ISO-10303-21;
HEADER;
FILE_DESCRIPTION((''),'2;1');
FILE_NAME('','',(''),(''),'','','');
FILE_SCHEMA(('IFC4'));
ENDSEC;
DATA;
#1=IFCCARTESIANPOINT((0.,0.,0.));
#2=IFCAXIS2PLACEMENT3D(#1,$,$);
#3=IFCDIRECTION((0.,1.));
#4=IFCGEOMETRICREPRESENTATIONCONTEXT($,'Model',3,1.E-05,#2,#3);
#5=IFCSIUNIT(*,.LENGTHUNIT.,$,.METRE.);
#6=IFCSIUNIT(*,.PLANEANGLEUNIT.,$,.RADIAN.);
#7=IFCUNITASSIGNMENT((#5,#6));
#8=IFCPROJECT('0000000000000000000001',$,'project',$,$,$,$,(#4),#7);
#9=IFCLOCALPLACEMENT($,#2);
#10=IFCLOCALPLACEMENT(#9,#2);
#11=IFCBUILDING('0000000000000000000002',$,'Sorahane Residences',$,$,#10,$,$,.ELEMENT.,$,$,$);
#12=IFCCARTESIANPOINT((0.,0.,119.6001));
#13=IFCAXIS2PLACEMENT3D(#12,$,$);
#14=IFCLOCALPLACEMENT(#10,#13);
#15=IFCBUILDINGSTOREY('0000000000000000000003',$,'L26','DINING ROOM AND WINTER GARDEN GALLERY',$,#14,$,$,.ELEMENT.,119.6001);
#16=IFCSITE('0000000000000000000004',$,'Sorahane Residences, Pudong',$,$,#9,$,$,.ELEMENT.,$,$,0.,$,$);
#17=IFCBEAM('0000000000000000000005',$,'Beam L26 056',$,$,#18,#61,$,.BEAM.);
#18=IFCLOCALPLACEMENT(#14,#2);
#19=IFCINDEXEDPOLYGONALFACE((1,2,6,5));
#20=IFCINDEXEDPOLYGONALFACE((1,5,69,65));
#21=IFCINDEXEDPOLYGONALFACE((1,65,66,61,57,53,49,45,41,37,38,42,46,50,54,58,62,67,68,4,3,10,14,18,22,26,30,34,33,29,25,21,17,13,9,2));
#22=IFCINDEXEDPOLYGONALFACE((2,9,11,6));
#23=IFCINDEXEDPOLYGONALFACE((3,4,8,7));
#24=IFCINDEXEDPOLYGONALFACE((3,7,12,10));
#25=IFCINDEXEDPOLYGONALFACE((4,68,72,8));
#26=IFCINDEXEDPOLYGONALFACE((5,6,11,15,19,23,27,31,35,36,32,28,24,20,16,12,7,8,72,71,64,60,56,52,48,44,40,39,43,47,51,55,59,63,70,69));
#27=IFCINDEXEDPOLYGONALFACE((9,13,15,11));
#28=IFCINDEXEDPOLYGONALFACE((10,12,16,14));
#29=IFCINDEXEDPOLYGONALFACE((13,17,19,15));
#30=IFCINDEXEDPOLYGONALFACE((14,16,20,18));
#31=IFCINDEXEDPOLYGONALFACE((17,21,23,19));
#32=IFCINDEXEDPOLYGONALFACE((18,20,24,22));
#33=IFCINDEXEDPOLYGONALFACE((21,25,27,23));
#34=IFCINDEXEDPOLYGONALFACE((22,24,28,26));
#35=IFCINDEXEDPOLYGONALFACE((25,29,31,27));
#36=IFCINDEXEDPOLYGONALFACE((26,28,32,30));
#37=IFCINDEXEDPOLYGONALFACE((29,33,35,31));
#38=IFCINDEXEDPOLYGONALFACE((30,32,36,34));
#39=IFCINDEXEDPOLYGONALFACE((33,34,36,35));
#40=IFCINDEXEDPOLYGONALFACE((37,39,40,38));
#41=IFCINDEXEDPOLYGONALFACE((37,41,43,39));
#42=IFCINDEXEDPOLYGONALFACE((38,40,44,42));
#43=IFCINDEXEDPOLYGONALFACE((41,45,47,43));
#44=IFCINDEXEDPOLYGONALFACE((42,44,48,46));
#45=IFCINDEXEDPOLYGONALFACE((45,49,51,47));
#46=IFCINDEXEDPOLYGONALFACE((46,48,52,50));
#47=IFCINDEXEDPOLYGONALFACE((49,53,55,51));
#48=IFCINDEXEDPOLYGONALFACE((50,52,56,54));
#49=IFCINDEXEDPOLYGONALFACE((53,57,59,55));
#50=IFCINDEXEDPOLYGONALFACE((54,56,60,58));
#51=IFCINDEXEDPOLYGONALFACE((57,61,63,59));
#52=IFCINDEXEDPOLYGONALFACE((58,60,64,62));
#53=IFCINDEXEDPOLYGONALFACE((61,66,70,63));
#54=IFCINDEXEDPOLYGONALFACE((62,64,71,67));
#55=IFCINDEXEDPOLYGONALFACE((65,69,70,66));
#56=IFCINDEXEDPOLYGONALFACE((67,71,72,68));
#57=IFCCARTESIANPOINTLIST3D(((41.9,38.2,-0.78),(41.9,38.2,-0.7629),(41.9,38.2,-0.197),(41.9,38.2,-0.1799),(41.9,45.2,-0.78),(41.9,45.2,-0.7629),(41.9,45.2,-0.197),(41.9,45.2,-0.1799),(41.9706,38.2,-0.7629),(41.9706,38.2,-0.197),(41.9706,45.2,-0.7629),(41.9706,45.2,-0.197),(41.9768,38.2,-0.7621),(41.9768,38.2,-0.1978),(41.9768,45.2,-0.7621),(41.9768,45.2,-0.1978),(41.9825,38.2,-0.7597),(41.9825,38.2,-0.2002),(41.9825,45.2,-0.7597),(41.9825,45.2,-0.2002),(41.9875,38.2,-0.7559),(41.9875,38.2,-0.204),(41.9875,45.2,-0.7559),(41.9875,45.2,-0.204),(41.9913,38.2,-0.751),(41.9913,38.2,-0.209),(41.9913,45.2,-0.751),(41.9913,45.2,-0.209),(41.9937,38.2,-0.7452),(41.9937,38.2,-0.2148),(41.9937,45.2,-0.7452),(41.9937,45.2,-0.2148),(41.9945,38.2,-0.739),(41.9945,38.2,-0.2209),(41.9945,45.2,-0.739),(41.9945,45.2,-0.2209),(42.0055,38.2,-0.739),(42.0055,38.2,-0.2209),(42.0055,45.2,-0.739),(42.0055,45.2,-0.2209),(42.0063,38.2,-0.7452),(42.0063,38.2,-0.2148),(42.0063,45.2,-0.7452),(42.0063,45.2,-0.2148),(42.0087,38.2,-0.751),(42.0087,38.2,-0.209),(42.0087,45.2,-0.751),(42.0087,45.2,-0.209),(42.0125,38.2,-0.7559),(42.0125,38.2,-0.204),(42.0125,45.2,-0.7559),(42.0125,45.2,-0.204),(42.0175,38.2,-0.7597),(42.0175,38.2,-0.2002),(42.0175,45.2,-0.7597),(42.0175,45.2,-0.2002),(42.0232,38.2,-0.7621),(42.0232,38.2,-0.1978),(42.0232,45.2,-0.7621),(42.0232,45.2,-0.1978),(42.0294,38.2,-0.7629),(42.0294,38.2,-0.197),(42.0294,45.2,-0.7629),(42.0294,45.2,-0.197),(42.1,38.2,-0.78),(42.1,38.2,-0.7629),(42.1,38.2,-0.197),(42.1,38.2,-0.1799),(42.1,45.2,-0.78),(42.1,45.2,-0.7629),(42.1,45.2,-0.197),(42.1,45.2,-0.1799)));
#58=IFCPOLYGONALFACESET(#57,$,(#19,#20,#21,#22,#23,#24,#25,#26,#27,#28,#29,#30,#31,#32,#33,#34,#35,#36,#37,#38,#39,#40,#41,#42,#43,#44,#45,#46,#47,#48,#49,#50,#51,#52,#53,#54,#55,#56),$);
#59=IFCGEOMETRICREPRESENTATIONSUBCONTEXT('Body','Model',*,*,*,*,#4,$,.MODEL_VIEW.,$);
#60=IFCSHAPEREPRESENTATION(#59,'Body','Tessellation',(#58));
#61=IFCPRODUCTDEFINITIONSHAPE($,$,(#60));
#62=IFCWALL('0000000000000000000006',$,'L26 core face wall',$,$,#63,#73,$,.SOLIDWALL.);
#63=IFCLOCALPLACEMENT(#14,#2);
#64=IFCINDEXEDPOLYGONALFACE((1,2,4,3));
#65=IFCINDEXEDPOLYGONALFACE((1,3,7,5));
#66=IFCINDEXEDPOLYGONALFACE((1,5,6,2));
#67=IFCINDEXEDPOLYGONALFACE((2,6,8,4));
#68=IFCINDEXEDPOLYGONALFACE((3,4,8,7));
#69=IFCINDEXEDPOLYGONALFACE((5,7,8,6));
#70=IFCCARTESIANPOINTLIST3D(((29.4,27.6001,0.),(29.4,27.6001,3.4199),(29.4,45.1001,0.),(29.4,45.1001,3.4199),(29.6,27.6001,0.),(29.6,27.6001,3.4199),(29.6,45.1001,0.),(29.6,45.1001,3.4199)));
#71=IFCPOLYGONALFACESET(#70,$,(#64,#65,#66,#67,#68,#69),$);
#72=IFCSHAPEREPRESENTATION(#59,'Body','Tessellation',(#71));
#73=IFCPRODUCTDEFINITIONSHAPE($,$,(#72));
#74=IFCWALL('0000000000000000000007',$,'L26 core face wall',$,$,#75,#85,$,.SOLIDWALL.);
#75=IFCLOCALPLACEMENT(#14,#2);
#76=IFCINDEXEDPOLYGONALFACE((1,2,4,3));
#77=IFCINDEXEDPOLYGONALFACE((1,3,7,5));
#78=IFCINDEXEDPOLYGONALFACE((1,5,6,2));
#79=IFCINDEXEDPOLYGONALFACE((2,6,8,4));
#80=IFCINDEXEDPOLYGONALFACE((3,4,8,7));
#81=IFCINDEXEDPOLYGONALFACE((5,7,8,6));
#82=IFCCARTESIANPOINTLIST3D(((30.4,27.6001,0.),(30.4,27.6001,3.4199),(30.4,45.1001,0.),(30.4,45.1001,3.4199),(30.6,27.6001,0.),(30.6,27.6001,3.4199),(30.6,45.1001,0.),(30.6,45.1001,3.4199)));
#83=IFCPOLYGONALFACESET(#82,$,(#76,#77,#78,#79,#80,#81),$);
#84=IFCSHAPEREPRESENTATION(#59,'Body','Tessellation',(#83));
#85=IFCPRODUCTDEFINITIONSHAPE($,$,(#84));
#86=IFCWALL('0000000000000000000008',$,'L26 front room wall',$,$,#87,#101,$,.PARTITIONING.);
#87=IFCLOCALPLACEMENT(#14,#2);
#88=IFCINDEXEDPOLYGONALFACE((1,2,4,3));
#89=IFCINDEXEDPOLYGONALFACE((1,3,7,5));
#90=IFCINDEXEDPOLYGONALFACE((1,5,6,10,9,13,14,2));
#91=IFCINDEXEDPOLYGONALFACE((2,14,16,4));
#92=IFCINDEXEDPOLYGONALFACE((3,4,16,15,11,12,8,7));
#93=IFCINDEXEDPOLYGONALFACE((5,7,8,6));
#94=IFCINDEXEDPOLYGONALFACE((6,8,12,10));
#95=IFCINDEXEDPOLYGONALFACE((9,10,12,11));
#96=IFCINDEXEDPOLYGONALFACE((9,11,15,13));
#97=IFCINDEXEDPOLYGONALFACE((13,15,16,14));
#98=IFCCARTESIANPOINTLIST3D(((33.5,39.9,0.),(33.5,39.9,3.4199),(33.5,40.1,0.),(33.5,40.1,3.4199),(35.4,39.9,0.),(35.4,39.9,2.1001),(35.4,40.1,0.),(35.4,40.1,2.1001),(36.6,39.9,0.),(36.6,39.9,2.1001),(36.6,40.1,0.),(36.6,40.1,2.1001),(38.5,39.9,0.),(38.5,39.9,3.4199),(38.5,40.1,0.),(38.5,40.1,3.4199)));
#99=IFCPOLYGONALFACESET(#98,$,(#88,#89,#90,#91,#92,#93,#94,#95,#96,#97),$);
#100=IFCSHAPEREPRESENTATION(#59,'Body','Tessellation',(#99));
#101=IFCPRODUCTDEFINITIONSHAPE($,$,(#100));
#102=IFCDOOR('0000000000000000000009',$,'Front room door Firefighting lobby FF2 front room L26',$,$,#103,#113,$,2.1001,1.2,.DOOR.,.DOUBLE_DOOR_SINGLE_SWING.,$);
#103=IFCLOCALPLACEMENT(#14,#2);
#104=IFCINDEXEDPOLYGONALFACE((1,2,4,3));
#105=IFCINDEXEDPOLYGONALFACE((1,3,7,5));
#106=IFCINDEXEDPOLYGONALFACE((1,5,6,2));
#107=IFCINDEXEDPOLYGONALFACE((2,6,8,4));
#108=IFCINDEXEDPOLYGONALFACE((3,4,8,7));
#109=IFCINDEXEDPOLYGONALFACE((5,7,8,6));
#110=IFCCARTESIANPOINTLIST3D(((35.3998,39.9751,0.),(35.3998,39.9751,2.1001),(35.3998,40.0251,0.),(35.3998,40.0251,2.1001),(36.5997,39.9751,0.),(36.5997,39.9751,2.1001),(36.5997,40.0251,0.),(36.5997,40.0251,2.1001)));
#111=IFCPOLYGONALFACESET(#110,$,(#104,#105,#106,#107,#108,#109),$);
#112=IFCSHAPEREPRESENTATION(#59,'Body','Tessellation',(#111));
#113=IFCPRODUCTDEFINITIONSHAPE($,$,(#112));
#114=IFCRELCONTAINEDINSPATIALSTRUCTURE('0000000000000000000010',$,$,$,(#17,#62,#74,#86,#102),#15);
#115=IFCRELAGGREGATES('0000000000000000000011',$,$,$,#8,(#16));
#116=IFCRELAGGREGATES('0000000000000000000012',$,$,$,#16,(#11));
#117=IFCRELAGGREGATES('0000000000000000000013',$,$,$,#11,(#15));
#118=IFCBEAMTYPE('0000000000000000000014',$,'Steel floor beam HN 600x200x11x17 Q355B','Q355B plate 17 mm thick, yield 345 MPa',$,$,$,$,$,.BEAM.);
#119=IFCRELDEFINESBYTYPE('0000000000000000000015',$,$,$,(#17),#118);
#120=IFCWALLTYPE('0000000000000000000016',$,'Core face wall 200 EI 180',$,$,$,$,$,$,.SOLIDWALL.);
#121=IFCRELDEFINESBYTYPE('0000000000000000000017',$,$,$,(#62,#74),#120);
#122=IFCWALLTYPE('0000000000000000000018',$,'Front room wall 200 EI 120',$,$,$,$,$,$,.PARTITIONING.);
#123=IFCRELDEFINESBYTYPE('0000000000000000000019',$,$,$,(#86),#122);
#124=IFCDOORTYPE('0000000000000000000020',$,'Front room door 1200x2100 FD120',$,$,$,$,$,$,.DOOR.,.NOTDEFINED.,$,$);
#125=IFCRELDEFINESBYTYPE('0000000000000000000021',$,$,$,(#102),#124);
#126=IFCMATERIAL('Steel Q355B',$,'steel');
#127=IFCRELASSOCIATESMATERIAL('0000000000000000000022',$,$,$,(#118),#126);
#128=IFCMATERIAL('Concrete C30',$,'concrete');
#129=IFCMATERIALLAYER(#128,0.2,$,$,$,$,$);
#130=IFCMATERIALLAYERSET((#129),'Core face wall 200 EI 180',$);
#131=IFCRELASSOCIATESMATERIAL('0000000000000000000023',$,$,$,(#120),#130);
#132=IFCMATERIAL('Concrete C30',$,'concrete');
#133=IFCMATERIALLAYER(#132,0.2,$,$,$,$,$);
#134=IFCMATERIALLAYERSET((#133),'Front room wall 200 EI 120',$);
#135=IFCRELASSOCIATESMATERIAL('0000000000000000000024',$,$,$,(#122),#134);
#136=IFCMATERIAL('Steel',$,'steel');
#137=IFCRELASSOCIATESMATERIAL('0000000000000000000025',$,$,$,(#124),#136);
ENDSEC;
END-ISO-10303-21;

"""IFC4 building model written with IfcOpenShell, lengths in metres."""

from ifc_helpers import new_model, si_unit, direction, frame, frame_2d, origin, origin_2d, place, context, subcontext, project, spatial, rectangle, i_section, extrude, material, layer, layer_set, material_profile, profile_set, type_object, element, fill, save


model = new_model("IFC4")

# Units and contexts
model_context = context("Model", 3, precision=1e-05, world=origin(), true_north=direction((0.0, 1.0)))
body_context = subcontext(model_context, "Body", "Model", "MODEL_VIEW")
ifc_project = project(units=[si_unit("LENGTHUNIT", "METRE"), si_unit("PLANEANGLEUNIT", "RADIAN")], contexts=[model_context])

# Site, building, storey
site_placement = place(None, origin())
site = spatial("IfcSite", under=ifc_project, at=site_placement, Name="Sorahane Residences, Pudong", CompositionType="ELEMENT", RefElevation=0.0)
building_placement = place(site_placement, origin())
building = spatial("IfcBuilding", under=site, at=building_placement, Name="Sorahane Residences", CompositionType="ELEMENT")
storey_placement = place(building_placement, frame((0.0, 0.0, 119.6001)))
storey = spatial("IfcBuildingStorey", under=building, at=storey_placement, Name="L26", Description="DINING ROOM AND WINTER GARDEN GALLERY", CompositionType="ELEMENT", Elevation=119.6001)

# Beam
ifc_material_1 = material(Name="Steel Q355B", Category="steel")
ifc_material_profile_1 = material_profile(ifc_material_1, i_section(OverallWidth=0.2, OverallDepth=0.6001, WebThickness=0.011, FlangeThickness=0.0171, FilletRadius=0.0239, at=origin_2d()), Name="HN 600x200x11x17")
ifc_profile_set_1 = profile_set([ifc_material_profile_1], Name="Steel Q355B")
beam_type_1 = type_object("IfcBeamType", Name="Steel floor beam HN 600x200x11x17 Q355B", Description="Q355B plate 17 mm thick, yield 345 MPa", PredefinedType="BEAM", material=ifc_profile_set_1)
for number, where, z_axis, x_axis, name in (
    (1, (42.0, 38.2, -0.48), (0.0, 1.0, 0.0), (-1.0, 0.0, 0.0), "Beam L26 056"),
):
    element("IfcBeam", number, at=place(storey_placement, frame(where, z_axis=z_axis, x_axis=x_axis)), inside=storey, type_object=beam_type_1, Name=name, PredefinedType="BEAM", context=body_context, shape_type="SweptSolid", body=[
        extrude(i_section(OverallWidth=0.2, OverallDepth=0.6001, WebThickness=0.011, FlangeThickness=0.0171, FilletRadius=0.0239, at=origin_2d()), origin(), (0.0, 0.0, 1.0), 7.0),
    ])

# Walls
ifc_material_2 = material(Name="Concrete C30", Category="concrete")
ifc_layer_1 = layer(ifc_material_2, 0.2)
ifc_layer_set_1 = layer_set([ifc_layer_1], Name="Core face wall 200 EI 180")
wall_type_1 = type_object("IfcWallType", Name="Core face wall 200 EI 180", PredefinedType="SOLIDWALL", material=ifc_layer_set_1)
for number, where, z_axis, x_axis, name in (
    (2, (29.5, 27.6001, 0.0), (0.0, 0.0, 1.0), (0.0, 1.0, 0.0), "L26 core face wall"),
    (3, (30.5, 27.6001, 0.0), (0.0, 0.0, 1.0), (0.0, 1.0, 0.0), "L26 core face wall"),
):
    element("IfcWall", number, at=place(storey_placement, frame(where, z_axis=z_axis, x_axis=x_axis)), inside=storey, type_object=wall_type_1, Name=name, PredefinedType="SOLIDWALL", context=body_context, shape_type="SweptSolid", body=[
        extrude(rectangle(XDim=17.5, YDim=0.2, at=frame_2d((8.75, 0.0))), origin(), (0.0, 0.0, 1.0), 3.4199),
    ])

# Wall, opening, door
ifc_material_3 = material(Name="Concrete C30", Category="concrete")
ifc_layer_2 = layer(ifc_material_3, 0.2)
ifc_layer_set_2 = layer_set([ifc_layer_2], Name="Front room wall 200 EI 120")
wall_type_2 = type_object("IfcWallType", Name="Front room wall 200 EI 120", PredefinedType="PARTITIONING", material=ifc_layer_set_2)
wall_1_placement = place(storey_placement, frame((33.5, 40.0, 0.0), z_axis=(0.0, 0.0, 1.0), x_axis=(1.0, 0.0, 0.0)))
wall_1 = element("IfcWall", 4, at=wall_1_placement, inside=storey, type_object=wall_type_2, Name="L26 front room wall", PredefinedType="PARTITIONING", context=body_context, shape_type="SweptSolid", body=[
    extrude(rectangle(XDim=5.0, YDim=0.2, at=frame_2d((2.5, 0.0))), origin(), (0.0, 0.0, 1.0), 3.4199),
])
opening_1_placement = place(wall_1_placement, frame((1.8999, 0.0, 0.0)))
opening_1 = element("IfcOpeningElement", 5, at=opening_1_placement, cuts=wall_1, PredefinedType="OPENING", context=body_context, shape_type="SweptSolid", body=[
    extrude(rectangle(XDim=1.2, YDim=2.1001, at=frame_2d((0.6001, 1.05))), frame((0.0, 0.1099, 0.0), z_axis=(0.0, -1.0, 0.0), x_axis=(1.0, 0.0, 0.0)), (0.0, 0.0, 1.0), 0.22),
])
ifc_material_4 = material(Name="Steel", Category="steel")
door_type_1 = type_object("IfcDoorType", Name="Front room door 1200x2100 FD120", OperationType="NOTDEFINED", PredefinedType="DOOR", material=ifc_material_4)
door_1_placement = place(opening_1_placement, frame((1.2, 0.0, 0.0), z_axis=(0.0, 0.0, 1.0), x_axis=(-1.0, 0.0, 0.0)))
door_1 = element("IfcDoor", 6, at=door_1_placement, inside=storey, type_object=door_type_1, Name="Front room door Firefighting lobby FF2 front room L26", OperationType="DOUBLE_DOOR_SINGLE_SWING", OverallHeight=2.1001, OverallWidth=1.2, PredefinedType="DOOR", context=body_context, shape_type="SweptSolid", body=[
    extrude(rectangle(XDim=1.2, YDim=2.1001, at=frame_2d((0.6001, 1.05))), frame((0.0, 0.0249, 0.0), z_axis=(0.0, -1.0, 0.0), x_axis=(1.0, 0.0, 0.0)), (0.0, 0.0, 1.0), 0.05),
])
fill(opening_1, door_1)

save(model, "model.ifc")
